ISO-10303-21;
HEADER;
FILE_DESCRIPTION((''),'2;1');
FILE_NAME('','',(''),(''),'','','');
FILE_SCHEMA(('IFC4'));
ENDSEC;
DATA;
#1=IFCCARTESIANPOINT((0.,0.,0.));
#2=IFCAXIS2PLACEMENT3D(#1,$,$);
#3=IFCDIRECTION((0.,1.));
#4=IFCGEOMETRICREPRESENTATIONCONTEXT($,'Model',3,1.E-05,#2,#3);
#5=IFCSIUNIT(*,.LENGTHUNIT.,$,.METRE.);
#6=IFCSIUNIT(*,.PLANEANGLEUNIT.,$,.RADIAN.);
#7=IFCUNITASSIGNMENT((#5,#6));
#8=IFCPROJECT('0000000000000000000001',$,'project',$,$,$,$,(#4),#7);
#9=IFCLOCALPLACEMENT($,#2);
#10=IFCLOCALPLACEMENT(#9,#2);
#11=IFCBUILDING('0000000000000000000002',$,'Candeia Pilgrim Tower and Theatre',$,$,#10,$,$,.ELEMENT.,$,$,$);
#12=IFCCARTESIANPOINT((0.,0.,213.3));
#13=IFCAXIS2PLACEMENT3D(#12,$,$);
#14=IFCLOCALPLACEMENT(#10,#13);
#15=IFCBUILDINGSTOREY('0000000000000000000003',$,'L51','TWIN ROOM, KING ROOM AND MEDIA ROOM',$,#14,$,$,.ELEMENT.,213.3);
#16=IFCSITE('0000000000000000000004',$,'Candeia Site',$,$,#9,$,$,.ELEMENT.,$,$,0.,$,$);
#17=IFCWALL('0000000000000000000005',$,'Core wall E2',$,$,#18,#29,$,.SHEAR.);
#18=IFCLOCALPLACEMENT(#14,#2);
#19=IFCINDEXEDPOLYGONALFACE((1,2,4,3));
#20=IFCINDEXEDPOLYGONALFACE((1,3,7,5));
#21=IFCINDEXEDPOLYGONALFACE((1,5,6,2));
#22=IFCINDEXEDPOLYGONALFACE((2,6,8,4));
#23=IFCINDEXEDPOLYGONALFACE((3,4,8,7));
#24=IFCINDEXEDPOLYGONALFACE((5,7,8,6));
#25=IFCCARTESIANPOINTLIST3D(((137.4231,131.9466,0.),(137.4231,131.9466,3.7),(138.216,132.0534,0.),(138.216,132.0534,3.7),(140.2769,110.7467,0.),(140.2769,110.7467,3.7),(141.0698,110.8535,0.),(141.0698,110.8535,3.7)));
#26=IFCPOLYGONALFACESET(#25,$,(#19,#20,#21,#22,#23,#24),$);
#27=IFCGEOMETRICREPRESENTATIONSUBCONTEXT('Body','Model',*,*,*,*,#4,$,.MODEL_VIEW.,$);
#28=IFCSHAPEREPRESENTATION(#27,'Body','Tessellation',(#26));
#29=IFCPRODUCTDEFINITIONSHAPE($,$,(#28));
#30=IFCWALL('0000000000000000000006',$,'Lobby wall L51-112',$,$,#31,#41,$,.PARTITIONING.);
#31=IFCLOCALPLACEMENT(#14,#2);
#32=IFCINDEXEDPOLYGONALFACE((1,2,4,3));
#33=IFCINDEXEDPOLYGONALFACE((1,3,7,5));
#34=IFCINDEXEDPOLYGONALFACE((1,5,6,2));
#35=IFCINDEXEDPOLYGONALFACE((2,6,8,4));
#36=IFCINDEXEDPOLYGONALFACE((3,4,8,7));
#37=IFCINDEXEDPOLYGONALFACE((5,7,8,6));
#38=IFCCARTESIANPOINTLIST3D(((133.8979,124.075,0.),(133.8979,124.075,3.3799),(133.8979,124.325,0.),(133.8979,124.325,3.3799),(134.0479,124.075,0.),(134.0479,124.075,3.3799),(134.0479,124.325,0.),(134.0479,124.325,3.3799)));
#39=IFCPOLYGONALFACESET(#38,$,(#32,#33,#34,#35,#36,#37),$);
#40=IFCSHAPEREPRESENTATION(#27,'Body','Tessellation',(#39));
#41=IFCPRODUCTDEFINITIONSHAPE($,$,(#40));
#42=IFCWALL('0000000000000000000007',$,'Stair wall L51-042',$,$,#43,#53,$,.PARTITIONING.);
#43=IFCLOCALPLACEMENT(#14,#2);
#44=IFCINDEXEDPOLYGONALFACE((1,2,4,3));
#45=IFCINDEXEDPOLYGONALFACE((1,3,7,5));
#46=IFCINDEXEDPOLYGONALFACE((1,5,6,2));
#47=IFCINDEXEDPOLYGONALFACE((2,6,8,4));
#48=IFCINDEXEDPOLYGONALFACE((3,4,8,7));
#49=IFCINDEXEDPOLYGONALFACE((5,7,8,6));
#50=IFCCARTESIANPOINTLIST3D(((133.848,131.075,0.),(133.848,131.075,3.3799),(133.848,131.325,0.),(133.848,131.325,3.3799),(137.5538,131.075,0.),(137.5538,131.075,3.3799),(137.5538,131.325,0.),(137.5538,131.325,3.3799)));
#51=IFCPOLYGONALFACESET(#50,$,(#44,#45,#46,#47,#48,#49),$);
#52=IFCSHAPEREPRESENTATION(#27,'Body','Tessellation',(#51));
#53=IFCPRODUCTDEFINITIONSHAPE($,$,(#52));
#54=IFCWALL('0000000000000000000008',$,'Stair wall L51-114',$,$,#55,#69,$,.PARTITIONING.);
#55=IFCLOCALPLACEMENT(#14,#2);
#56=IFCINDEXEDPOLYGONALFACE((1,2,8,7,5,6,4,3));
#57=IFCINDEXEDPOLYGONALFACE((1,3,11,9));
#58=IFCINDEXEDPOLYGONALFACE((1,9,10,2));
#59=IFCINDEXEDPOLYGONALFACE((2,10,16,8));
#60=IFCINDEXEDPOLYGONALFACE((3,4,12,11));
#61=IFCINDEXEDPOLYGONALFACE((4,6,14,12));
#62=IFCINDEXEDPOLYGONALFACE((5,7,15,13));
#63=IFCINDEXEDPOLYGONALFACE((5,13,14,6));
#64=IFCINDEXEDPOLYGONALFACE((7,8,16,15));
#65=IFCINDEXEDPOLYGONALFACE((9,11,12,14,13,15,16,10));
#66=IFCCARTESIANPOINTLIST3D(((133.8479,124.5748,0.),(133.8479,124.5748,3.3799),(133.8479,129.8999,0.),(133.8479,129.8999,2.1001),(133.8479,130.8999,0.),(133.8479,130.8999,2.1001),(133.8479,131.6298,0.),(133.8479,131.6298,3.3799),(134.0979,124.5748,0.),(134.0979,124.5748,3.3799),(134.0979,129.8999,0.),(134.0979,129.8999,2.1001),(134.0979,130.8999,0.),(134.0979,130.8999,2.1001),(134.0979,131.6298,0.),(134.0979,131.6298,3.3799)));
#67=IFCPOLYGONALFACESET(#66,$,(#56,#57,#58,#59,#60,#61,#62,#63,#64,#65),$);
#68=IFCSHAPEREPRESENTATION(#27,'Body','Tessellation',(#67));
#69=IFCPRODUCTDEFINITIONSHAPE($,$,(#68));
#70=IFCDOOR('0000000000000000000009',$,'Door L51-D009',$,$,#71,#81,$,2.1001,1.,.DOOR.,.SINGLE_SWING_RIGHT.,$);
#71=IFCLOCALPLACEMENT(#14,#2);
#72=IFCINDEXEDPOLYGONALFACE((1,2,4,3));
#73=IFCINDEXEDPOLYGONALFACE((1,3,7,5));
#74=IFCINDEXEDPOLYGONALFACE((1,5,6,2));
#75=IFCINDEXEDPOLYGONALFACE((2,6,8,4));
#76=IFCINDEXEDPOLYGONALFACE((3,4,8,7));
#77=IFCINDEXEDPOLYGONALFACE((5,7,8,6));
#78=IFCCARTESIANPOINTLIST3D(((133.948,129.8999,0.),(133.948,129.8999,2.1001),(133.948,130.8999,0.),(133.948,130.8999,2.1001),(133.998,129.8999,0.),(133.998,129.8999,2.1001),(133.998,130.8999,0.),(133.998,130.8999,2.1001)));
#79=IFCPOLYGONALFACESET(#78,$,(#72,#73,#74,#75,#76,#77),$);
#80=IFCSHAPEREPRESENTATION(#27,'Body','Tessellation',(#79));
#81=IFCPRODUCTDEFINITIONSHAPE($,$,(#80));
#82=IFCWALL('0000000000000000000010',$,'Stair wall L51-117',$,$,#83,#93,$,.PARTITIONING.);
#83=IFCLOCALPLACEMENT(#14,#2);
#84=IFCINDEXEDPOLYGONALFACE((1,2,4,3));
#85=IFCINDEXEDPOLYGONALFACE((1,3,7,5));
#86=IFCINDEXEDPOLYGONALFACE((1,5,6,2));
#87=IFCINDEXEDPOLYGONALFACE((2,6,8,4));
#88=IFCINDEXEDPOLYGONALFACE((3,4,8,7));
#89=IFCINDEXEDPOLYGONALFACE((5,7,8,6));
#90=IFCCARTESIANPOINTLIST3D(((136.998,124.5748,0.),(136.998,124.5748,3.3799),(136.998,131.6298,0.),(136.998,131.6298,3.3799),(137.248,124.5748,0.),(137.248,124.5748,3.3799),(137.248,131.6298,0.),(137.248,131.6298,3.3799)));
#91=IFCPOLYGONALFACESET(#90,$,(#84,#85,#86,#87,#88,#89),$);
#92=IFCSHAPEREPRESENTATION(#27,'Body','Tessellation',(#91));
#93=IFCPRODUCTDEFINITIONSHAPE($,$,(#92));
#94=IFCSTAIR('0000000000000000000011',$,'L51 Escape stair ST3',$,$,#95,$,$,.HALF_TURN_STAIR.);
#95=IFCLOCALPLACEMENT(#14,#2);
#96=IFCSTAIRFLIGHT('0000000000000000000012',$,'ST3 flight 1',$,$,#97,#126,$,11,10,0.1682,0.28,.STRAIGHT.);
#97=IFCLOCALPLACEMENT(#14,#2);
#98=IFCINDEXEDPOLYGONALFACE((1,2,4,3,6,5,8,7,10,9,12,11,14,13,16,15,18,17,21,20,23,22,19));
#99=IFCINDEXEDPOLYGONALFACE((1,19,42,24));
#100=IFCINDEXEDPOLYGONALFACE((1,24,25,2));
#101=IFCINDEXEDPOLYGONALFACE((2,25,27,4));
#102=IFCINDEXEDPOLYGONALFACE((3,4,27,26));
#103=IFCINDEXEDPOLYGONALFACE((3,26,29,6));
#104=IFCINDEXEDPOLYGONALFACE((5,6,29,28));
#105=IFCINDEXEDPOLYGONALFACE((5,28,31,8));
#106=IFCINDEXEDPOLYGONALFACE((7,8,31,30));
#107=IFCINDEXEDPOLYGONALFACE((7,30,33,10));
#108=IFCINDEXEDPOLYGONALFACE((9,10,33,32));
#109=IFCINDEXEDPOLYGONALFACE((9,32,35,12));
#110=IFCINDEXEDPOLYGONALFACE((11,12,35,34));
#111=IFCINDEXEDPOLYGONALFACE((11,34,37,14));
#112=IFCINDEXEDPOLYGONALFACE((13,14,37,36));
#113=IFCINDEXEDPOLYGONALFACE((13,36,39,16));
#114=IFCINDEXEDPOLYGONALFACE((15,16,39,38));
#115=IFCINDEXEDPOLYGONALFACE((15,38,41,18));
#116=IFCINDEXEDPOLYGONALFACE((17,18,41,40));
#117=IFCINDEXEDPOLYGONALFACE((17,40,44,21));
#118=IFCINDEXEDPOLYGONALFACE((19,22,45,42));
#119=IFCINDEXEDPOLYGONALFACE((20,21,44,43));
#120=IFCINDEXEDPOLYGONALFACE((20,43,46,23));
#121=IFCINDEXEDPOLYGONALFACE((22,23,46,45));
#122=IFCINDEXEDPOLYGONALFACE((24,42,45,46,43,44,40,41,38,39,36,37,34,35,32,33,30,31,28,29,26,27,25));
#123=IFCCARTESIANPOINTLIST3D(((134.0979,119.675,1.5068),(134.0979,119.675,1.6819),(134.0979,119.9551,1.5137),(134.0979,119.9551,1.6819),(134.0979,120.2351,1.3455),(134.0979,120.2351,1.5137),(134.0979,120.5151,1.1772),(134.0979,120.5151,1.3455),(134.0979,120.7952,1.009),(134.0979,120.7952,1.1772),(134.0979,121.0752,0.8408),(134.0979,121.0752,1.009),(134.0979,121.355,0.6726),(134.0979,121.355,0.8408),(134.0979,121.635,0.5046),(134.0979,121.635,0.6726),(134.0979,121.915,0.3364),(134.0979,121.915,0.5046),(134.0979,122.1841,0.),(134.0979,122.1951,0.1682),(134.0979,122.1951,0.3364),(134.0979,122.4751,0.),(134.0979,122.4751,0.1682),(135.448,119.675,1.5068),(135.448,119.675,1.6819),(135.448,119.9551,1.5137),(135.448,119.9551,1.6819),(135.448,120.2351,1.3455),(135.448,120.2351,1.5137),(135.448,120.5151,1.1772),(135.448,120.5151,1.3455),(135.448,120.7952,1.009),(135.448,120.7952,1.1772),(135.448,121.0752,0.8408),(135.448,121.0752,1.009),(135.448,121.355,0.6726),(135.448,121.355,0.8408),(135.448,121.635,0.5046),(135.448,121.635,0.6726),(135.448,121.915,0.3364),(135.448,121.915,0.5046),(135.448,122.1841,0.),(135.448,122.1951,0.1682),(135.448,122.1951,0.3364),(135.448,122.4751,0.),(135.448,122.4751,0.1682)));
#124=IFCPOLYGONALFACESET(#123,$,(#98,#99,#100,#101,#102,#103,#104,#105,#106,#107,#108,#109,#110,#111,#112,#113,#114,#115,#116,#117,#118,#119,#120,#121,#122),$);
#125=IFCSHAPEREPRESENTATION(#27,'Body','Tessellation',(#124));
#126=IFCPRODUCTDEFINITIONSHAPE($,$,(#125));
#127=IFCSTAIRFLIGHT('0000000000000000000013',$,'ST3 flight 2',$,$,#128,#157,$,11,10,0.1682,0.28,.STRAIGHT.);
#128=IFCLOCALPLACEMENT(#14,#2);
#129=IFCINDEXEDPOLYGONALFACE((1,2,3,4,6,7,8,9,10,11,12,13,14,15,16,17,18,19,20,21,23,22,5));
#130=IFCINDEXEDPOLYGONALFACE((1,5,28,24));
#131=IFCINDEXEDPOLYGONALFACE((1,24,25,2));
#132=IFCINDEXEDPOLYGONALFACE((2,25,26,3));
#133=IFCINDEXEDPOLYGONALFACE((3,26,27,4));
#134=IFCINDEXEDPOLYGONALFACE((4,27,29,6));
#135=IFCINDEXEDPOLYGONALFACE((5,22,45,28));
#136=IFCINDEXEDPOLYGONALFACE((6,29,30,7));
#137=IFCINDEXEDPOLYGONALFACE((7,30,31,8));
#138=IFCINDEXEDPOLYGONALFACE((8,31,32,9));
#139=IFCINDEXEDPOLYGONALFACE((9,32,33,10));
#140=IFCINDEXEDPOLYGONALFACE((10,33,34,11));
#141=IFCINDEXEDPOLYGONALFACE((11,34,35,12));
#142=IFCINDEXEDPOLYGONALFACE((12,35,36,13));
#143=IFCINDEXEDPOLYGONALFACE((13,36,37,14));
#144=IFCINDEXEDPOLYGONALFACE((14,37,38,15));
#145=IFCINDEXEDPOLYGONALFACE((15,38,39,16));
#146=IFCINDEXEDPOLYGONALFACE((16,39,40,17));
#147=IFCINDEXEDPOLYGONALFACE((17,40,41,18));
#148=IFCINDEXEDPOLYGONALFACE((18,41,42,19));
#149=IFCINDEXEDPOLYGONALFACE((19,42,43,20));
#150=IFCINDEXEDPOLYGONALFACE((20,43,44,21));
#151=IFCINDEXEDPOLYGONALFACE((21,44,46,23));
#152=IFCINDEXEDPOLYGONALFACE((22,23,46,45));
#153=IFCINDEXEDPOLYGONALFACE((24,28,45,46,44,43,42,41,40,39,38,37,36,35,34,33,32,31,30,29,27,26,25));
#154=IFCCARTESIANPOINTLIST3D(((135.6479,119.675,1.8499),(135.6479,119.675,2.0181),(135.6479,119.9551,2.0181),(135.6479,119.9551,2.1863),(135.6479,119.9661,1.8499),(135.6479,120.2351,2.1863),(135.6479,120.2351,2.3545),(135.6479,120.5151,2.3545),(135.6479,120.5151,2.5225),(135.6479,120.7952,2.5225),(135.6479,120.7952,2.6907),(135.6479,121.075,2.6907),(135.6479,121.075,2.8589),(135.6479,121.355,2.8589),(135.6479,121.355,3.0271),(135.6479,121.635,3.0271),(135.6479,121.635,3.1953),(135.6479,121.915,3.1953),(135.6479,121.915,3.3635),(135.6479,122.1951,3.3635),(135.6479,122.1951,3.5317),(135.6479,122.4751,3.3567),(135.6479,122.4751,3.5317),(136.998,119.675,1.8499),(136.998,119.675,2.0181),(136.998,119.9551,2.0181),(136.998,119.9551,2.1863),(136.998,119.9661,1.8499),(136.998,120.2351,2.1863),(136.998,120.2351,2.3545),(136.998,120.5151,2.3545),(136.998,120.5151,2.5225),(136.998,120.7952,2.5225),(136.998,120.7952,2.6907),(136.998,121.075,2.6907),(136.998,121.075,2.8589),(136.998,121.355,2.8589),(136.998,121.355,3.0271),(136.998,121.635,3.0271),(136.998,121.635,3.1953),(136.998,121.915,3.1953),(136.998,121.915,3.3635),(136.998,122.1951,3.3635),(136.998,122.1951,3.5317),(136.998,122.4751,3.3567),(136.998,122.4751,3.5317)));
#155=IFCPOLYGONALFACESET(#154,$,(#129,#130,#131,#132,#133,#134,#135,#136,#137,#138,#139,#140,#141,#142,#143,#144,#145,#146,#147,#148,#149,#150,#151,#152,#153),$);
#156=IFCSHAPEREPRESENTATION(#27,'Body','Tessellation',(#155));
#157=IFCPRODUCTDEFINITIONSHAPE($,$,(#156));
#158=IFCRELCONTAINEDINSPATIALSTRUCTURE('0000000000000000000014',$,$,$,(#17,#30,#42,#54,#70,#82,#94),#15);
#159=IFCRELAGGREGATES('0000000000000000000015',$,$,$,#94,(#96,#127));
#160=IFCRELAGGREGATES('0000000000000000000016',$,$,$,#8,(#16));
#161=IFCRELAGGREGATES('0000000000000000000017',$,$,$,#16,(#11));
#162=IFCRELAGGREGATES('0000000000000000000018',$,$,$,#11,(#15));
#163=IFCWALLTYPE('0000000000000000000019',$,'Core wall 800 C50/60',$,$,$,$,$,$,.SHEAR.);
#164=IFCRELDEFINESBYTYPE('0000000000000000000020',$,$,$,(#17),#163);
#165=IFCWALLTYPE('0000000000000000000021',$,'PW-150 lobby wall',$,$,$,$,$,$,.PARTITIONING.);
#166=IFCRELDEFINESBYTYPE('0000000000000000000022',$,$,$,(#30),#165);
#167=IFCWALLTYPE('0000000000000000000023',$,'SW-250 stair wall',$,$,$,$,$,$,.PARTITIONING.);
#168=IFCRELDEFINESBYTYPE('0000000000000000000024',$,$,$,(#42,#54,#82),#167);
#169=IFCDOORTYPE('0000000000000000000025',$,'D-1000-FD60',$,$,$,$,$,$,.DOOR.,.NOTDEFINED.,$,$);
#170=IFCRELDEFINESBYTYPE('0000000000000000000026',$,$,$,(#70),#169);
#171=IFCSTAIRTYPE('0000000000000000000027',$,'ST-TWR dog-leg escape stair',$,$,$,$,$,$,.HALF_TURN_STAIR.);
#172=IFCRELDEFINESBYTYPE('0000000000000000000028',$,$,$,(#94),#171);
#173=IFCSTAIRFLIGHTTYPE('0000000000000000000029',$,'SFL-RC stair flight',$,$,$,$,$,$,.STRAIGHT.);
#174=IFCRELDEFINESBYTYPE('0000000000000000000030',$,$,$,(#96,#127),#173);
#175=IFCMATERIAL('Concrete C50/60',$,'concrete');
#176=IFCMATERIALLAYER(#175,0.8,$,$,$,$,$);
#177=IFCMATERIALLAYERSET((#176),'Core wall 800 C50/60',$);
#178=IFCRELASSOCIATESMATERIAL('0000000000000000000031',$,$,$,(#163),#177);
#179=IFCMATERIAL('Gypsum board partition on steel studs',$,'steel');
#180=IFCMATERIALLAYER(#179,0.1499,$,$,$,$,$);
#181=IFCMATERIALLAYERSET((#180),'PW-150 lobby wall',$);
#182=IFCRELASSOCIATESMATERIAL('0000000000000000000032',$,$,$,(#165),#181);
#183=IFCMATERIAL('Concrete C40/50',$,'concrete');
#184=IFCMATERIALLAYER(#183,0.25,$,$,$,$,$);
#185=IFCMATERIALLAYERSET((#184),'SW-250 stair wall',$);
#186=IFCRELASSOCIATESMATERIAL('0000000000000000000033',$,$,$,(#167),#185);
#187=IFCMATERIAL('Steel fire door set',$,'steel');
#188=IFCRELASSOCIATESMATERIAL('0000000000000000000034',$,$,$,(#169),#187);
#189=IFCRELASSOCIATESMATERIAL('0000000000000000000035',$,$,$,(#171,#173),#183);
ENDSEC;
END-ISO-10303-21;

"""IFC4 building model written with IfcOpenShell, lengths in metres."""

from ifc_helpers import new_model, si_unit, direction, frame, frame_2d, origin, place, context, subcontext, project, spatial, polyline, rectangle, outline, extrude, material, layer, layer_set, type_object, element, fill, aggregate, save


model = new_model("IFC4")

# Units and contexts
model_context = context("Model", 3, precision=1e-05, world=origin(), true_north=direction((0.0, 1.0)))
body_context = subcontext(model_context, "Body", "Model", "MODEL_VIEW")
ifc_project = project(units=[si_unit("LENGTHUNIT", "METRE"), si_unit("PLANEANGLEUNIT", "RADIAN")], contexts=[model_context])

# Site, building, storey
site_placement = place(None, origin())
site = spatial("IfcSite", under=ifc_project, at=site_placement, Name="Candeia Site", CompositionType="ELEMENT", RefElevation=0.0)
building_placement = place(site_placement, origin())
building = spatial("IfcBuilding", under=site, at=building_placement, Name="Candeia Pilgrim Tower and Theatre", CompositionType="ELEMENT")
storey_placement = place(building_placement, frame((0.0, 0.0, 213.3)))
storey = spatial("IfcBuildingStorey", under=building, at=storey_placement, Name="L51", Description="TWIN ROOM, KING ROOM AND MEDIA ROOM", CompositionType="ELEMENT", Elevation=213.3)

# Wall
ifc_material_1 = material(Name="Concrete C50/60", Category="concrete")
ifc_layer_1 = layer(ifc_material_1, 0.8)
ifc_layer_set_1 = layer_set([ifc_layer_1], Name="Core wall 800 C50/60")
wall_type_1 = type_object("IfcWallType", Name="Core wall 800 C50/60", PredefinedType="SHEAR", material=ifc_layer_set_1)
wall_1_placement = place(storey_placement, frame((137.8196, 132.0, 0.0), z_axis=(0.0, 0.0, 1.0), x_axis=(0.133408, -0.991061, 0.0)))
element("IfcWall", 1, at=wall_1_placement, inside=storey, type_object=wall_type_1, Name="Core wall E2", PredefinedType="SHEAR", context=body_context, shape_type="SweptSolid", body=[
    extrude(rectangle(XDim=21.3911, YDim=0.8, at=frame_2d((10.6956, 0.0))), origin(), (0.0, 0.0, 1.0), 3.7),
])

# Walls
ifc_material_2 = material(Name="Gypsum board partition on steel studs", Category="steel")
ifc_layer_2 = layer(ifc_material_2, 0.1499)
ifc_layer_set_2 = layer_set([ifc_layer_2], Name="PW-150 lobby wall")
wall_type_2 = type_object("IfcWallType", Name="PW-150 lobby wall", PredefinedType="PARTITIONING", material=ifc_layer_set_2)
wall_2_placement = place(storey_placement, frame((133.9729, 124.075, 0.0), z_axis=(0.0, 0.0, 1.0), x_axis=(0.0, 1.0, 0.0)))
element("IfcWall", 2, at=wall_2_placement, inside=storey, type_object=wall_type_2, Name="Lobby wall L51-112", PredefinedType="PARTITIONING", context=body_context, shape_type="SweptSolid", body=[
    extrude(rectangle(XDim=0.25, YDim=0.1499, at=frame_2d((0.125, 0.0))), origin(), (0.0, 0.0, 1.0), 3.3799),
])
ifc_material_3 = material(Name="Concrete C40/50", Category="concrete")
ifc_layer_3 = layer(ifc_material_3, 0.25)
ifc_layer_set_3 = layer_set([ifc_layer_3], Name="SW-250 stair wall")
wall_type_3 = type_object("IfcWallType", Name="SW-250 stair wall", PredefinedType="PARTITIONING", material=ifc_layer_set_3)
wall_3_placement = place(storey_placement, frame((133.8479, 131.2, 0.0), z_axis=(0.0, 0.0, 1.0), x_axis=(1.0, 0.0, 0.0)))
element("IfcWall", 3, at=wall_3_placement, inside=storey, type_object=wall_type_3, Name="Stair wall L51-042", PredefinedType="PARTITIONING", context=body_context, shape_type="SweptSolid", body=[
    extrude(rectangle(XDim=3.7058, YDim=0.25, at=frame_2d((1.853, 0.0))), origin(), (0.0, 0.0, 1.0), 3.3799),
])

# Wall, opening, door
wall_4_placement = place(storey_placement, frame((133.9729, 124.575, 0.0), z_axis=(0.0, 0.0, 1.0), x_axis=(0.0, 1.0, 0.0)))
wall_4 = element("IfcWall", 4, at=wall_4_placement, inside=storey, type_object=wall_type_3, Name="Stair wall L51-114", PredefinedType="PARTITIONING", context=body_context, shape_type="SweptSolid", body=[
    extrude(rectangle(XDim=7.0549, YDim=0.25, at=frame_2d((3.5273, 0.0))), origin(), (0.0, 0.0, 1.0), 3.3799),
])
opening_1_placement = place(wall_4_placement, frame((5.325, 0.0, 0.0)))
opening_1 = element("IfcOpeningElement", 5, at=opening_1_placement, cuts=wall_4, PredefinedType="OPENING", context=body_context, shape_type="SweptSolid", body=[
    extrude(rectangle(XDim=1.0, YDim=2.1001, at=frame_2d((0.5, 1.05))), frame((0.0, 0.135, 0.0), z_axis=(0.0, -1.0, 0.0), x_axis=(1.0, 0.0, 0.0)), (0.0, 0.0, 1.0), 0.27),
])
ifc_material_4 = material(Name="Steel fire door set", Category="steel")
door_type_1 = type_object("IfcDoorType", Name="D-1000-FD60", OperationType="NOTDEFINED", PredefinedType="DOOR", material=ifc_material_4)
door_1_placement = place(opening_1_placement, origin())
door_1 = element("IfcDoor", 6, at=door_1_placement, inside=storey, type_object=door_type_1, Name="Door L51-D009", OperationType="SINGLE_SWING_RIGHT", OverallHeight=2.1001, OverallWidth=1.0, PredefinedType="DOOR", context=body_context, shape_type="SweptSolid", body=[
    extrude(rectangle(XDim=1.0, YDim=2.1001, at=frame_2d((0.5, 1.05))), frame((0.0, 0.0249, 0.0), z_axis=(0.0, -1.0, 0.0), x_axis=(1.0, 0.0, 0.0)), (0.0, 0.0, 1.0), 0.05),
])
fill(opening_1, door_1)

# Wall
wall_5_placement = place(storey_placement, frame((137.123, 124.575, 0.0), z_axis=(0.0, 0.0, 1.0), x_axis=(0.0, 1.0, 0.0)))
element("IfcWall", 7, at=wall_5_placement, inside=storey, type_object=wall_type_3, Name="Stair wall L51-117", PredefinedType="PARTITIONING", context=body_context, shape_type="SweptSolid", body=[
    extrude(rectangle(XDim=7.0549, YDim=0.25, at=frame_2d((3.5273, 0.0))), origin(), (0.0, 0.0, 1.0), 3.3799),
])

# Stair, stair flights
stair_type = type_object("IfcStairType", Name="ST-TWR dog-leg escape stair", PredefinedType="HALF_TURN_STAIR", material=ifc_material_3)
stair_1_placement = place(storey_placement, origin())
stair_1 = element("IfcStair", 8, at=stair_1_placement, inside=storey, type_object=stair_type, Name="L51 Escape stair ST3", PredefinedType="HALF_TURN_STAIR")
stair_flight_type = type_object("IfcStairFlightType", Name="SFL-RC stair flight", PredefinedType="STRAIGHT", material=ifc_material_3)
stair_flight_1_placement = place(storey_placement, frame((134.7729, 122.4751, 0.0), z_axis=(0.0, 0.0, 1.0), x_axis=(0.0, -1.0, 0.0)))
stair_flight_1 = element("IfcStairFlight", 9, at=stair_flight_1_placement, type_object=stair_flight_type, Name="ST3 flight 1", NumberOfRisers=11, NumberOfTreads=10, PredefinedType="STRAIGHT", RiserHeight=0.1682, TreadLength=0.28, context=body_context, shape_type="SweptSolid", body=[
    extrude(outline(polyline([(0.0, 0.0), (0.0, 0.1682), (0.28, 0.1682), (0.28, 0.3364), (0.5601, 0.3364), (0.5601, 0.5046), (0.8401, 0.5046), (0.8401, 0.6726), (1.1201, 0.6726), (1.1201, 0.8408), (1.3999, 0.8408), (1.3999, 1.009), (1.6799, 1.009), (1.6799, 1.1772), (1.96, 1.1772), (1.96, 1.3455), (2.24, 1.3455), (2.24, 1.5137), (2.52, 1.5137), (2.52, 1.6819), (2.8, 1.6819), (2.8, 1.8501), (2.8, 1.5068), (0.291, 0.0), (0.0, 0.0)])), frame((0.0, 0.675, 0.0), z_axis=(0.0, -1.0, 0.0), x_axis=(1.0, 0.0, 0.0)), (0.0, 0.0, 1.0), 1.3501),
])
stair_flight_2_placement = place(storey_placement, frame((136.323, 119.675, 1.8499), z_axis=(0.0, 0.0, 1.0), x_axis=(0.0, 1.0, 0.0)))
stair_flight_2 = element("IfcStairFlight", 10, at=stair_flight_2_placement, type_object=stair_flight_type, Name="ST3 flight 2", NumberOfRisers=11, NumberOfTreads=10, PredefinedType="STRAIGHT", RiserHeight=0.1682, TreadLength=0.28, context=body_context, shape_type="SweptSolid", body=[
    extrude(outline(polyline([(0.0, 0.0), (0.0, 0.1682), (0.28, 0.1682), (0.28, 0.3364), (0.5601, 0.3364), (0.5601, 0.5046), (0.8401, 0.5046), (0.8401, 0.6726), (1.1201, 0.6726), (1.1201, 0.8408), (1.3999, 0.8408), (1.3999, 1.009), (1.6799, 1.009), (1.6799, 1.1772), (1.96, 1.1772), (1.96, 1.3455), (2.24, 1.3455), (2.24, 1.5137), (2.52, 1.5137), (2.52, 1.6819), (2.8, 1.6819), (2.8, 1.8501), (2.8, 1.5068), (0.291, 0.0), (0.0, 0.0)])), frame((0.0, 0.675, 0.0), z_axis=(0.0, -1.0, 0.0), x_axis=(1.0, 0.0, 0.0)), (0.0, 0.0, 1.0), 1.3501),
])
aggregate(stair_1, [stair_flight_1, stair_flight_2])

save(model, "model.ifc")
